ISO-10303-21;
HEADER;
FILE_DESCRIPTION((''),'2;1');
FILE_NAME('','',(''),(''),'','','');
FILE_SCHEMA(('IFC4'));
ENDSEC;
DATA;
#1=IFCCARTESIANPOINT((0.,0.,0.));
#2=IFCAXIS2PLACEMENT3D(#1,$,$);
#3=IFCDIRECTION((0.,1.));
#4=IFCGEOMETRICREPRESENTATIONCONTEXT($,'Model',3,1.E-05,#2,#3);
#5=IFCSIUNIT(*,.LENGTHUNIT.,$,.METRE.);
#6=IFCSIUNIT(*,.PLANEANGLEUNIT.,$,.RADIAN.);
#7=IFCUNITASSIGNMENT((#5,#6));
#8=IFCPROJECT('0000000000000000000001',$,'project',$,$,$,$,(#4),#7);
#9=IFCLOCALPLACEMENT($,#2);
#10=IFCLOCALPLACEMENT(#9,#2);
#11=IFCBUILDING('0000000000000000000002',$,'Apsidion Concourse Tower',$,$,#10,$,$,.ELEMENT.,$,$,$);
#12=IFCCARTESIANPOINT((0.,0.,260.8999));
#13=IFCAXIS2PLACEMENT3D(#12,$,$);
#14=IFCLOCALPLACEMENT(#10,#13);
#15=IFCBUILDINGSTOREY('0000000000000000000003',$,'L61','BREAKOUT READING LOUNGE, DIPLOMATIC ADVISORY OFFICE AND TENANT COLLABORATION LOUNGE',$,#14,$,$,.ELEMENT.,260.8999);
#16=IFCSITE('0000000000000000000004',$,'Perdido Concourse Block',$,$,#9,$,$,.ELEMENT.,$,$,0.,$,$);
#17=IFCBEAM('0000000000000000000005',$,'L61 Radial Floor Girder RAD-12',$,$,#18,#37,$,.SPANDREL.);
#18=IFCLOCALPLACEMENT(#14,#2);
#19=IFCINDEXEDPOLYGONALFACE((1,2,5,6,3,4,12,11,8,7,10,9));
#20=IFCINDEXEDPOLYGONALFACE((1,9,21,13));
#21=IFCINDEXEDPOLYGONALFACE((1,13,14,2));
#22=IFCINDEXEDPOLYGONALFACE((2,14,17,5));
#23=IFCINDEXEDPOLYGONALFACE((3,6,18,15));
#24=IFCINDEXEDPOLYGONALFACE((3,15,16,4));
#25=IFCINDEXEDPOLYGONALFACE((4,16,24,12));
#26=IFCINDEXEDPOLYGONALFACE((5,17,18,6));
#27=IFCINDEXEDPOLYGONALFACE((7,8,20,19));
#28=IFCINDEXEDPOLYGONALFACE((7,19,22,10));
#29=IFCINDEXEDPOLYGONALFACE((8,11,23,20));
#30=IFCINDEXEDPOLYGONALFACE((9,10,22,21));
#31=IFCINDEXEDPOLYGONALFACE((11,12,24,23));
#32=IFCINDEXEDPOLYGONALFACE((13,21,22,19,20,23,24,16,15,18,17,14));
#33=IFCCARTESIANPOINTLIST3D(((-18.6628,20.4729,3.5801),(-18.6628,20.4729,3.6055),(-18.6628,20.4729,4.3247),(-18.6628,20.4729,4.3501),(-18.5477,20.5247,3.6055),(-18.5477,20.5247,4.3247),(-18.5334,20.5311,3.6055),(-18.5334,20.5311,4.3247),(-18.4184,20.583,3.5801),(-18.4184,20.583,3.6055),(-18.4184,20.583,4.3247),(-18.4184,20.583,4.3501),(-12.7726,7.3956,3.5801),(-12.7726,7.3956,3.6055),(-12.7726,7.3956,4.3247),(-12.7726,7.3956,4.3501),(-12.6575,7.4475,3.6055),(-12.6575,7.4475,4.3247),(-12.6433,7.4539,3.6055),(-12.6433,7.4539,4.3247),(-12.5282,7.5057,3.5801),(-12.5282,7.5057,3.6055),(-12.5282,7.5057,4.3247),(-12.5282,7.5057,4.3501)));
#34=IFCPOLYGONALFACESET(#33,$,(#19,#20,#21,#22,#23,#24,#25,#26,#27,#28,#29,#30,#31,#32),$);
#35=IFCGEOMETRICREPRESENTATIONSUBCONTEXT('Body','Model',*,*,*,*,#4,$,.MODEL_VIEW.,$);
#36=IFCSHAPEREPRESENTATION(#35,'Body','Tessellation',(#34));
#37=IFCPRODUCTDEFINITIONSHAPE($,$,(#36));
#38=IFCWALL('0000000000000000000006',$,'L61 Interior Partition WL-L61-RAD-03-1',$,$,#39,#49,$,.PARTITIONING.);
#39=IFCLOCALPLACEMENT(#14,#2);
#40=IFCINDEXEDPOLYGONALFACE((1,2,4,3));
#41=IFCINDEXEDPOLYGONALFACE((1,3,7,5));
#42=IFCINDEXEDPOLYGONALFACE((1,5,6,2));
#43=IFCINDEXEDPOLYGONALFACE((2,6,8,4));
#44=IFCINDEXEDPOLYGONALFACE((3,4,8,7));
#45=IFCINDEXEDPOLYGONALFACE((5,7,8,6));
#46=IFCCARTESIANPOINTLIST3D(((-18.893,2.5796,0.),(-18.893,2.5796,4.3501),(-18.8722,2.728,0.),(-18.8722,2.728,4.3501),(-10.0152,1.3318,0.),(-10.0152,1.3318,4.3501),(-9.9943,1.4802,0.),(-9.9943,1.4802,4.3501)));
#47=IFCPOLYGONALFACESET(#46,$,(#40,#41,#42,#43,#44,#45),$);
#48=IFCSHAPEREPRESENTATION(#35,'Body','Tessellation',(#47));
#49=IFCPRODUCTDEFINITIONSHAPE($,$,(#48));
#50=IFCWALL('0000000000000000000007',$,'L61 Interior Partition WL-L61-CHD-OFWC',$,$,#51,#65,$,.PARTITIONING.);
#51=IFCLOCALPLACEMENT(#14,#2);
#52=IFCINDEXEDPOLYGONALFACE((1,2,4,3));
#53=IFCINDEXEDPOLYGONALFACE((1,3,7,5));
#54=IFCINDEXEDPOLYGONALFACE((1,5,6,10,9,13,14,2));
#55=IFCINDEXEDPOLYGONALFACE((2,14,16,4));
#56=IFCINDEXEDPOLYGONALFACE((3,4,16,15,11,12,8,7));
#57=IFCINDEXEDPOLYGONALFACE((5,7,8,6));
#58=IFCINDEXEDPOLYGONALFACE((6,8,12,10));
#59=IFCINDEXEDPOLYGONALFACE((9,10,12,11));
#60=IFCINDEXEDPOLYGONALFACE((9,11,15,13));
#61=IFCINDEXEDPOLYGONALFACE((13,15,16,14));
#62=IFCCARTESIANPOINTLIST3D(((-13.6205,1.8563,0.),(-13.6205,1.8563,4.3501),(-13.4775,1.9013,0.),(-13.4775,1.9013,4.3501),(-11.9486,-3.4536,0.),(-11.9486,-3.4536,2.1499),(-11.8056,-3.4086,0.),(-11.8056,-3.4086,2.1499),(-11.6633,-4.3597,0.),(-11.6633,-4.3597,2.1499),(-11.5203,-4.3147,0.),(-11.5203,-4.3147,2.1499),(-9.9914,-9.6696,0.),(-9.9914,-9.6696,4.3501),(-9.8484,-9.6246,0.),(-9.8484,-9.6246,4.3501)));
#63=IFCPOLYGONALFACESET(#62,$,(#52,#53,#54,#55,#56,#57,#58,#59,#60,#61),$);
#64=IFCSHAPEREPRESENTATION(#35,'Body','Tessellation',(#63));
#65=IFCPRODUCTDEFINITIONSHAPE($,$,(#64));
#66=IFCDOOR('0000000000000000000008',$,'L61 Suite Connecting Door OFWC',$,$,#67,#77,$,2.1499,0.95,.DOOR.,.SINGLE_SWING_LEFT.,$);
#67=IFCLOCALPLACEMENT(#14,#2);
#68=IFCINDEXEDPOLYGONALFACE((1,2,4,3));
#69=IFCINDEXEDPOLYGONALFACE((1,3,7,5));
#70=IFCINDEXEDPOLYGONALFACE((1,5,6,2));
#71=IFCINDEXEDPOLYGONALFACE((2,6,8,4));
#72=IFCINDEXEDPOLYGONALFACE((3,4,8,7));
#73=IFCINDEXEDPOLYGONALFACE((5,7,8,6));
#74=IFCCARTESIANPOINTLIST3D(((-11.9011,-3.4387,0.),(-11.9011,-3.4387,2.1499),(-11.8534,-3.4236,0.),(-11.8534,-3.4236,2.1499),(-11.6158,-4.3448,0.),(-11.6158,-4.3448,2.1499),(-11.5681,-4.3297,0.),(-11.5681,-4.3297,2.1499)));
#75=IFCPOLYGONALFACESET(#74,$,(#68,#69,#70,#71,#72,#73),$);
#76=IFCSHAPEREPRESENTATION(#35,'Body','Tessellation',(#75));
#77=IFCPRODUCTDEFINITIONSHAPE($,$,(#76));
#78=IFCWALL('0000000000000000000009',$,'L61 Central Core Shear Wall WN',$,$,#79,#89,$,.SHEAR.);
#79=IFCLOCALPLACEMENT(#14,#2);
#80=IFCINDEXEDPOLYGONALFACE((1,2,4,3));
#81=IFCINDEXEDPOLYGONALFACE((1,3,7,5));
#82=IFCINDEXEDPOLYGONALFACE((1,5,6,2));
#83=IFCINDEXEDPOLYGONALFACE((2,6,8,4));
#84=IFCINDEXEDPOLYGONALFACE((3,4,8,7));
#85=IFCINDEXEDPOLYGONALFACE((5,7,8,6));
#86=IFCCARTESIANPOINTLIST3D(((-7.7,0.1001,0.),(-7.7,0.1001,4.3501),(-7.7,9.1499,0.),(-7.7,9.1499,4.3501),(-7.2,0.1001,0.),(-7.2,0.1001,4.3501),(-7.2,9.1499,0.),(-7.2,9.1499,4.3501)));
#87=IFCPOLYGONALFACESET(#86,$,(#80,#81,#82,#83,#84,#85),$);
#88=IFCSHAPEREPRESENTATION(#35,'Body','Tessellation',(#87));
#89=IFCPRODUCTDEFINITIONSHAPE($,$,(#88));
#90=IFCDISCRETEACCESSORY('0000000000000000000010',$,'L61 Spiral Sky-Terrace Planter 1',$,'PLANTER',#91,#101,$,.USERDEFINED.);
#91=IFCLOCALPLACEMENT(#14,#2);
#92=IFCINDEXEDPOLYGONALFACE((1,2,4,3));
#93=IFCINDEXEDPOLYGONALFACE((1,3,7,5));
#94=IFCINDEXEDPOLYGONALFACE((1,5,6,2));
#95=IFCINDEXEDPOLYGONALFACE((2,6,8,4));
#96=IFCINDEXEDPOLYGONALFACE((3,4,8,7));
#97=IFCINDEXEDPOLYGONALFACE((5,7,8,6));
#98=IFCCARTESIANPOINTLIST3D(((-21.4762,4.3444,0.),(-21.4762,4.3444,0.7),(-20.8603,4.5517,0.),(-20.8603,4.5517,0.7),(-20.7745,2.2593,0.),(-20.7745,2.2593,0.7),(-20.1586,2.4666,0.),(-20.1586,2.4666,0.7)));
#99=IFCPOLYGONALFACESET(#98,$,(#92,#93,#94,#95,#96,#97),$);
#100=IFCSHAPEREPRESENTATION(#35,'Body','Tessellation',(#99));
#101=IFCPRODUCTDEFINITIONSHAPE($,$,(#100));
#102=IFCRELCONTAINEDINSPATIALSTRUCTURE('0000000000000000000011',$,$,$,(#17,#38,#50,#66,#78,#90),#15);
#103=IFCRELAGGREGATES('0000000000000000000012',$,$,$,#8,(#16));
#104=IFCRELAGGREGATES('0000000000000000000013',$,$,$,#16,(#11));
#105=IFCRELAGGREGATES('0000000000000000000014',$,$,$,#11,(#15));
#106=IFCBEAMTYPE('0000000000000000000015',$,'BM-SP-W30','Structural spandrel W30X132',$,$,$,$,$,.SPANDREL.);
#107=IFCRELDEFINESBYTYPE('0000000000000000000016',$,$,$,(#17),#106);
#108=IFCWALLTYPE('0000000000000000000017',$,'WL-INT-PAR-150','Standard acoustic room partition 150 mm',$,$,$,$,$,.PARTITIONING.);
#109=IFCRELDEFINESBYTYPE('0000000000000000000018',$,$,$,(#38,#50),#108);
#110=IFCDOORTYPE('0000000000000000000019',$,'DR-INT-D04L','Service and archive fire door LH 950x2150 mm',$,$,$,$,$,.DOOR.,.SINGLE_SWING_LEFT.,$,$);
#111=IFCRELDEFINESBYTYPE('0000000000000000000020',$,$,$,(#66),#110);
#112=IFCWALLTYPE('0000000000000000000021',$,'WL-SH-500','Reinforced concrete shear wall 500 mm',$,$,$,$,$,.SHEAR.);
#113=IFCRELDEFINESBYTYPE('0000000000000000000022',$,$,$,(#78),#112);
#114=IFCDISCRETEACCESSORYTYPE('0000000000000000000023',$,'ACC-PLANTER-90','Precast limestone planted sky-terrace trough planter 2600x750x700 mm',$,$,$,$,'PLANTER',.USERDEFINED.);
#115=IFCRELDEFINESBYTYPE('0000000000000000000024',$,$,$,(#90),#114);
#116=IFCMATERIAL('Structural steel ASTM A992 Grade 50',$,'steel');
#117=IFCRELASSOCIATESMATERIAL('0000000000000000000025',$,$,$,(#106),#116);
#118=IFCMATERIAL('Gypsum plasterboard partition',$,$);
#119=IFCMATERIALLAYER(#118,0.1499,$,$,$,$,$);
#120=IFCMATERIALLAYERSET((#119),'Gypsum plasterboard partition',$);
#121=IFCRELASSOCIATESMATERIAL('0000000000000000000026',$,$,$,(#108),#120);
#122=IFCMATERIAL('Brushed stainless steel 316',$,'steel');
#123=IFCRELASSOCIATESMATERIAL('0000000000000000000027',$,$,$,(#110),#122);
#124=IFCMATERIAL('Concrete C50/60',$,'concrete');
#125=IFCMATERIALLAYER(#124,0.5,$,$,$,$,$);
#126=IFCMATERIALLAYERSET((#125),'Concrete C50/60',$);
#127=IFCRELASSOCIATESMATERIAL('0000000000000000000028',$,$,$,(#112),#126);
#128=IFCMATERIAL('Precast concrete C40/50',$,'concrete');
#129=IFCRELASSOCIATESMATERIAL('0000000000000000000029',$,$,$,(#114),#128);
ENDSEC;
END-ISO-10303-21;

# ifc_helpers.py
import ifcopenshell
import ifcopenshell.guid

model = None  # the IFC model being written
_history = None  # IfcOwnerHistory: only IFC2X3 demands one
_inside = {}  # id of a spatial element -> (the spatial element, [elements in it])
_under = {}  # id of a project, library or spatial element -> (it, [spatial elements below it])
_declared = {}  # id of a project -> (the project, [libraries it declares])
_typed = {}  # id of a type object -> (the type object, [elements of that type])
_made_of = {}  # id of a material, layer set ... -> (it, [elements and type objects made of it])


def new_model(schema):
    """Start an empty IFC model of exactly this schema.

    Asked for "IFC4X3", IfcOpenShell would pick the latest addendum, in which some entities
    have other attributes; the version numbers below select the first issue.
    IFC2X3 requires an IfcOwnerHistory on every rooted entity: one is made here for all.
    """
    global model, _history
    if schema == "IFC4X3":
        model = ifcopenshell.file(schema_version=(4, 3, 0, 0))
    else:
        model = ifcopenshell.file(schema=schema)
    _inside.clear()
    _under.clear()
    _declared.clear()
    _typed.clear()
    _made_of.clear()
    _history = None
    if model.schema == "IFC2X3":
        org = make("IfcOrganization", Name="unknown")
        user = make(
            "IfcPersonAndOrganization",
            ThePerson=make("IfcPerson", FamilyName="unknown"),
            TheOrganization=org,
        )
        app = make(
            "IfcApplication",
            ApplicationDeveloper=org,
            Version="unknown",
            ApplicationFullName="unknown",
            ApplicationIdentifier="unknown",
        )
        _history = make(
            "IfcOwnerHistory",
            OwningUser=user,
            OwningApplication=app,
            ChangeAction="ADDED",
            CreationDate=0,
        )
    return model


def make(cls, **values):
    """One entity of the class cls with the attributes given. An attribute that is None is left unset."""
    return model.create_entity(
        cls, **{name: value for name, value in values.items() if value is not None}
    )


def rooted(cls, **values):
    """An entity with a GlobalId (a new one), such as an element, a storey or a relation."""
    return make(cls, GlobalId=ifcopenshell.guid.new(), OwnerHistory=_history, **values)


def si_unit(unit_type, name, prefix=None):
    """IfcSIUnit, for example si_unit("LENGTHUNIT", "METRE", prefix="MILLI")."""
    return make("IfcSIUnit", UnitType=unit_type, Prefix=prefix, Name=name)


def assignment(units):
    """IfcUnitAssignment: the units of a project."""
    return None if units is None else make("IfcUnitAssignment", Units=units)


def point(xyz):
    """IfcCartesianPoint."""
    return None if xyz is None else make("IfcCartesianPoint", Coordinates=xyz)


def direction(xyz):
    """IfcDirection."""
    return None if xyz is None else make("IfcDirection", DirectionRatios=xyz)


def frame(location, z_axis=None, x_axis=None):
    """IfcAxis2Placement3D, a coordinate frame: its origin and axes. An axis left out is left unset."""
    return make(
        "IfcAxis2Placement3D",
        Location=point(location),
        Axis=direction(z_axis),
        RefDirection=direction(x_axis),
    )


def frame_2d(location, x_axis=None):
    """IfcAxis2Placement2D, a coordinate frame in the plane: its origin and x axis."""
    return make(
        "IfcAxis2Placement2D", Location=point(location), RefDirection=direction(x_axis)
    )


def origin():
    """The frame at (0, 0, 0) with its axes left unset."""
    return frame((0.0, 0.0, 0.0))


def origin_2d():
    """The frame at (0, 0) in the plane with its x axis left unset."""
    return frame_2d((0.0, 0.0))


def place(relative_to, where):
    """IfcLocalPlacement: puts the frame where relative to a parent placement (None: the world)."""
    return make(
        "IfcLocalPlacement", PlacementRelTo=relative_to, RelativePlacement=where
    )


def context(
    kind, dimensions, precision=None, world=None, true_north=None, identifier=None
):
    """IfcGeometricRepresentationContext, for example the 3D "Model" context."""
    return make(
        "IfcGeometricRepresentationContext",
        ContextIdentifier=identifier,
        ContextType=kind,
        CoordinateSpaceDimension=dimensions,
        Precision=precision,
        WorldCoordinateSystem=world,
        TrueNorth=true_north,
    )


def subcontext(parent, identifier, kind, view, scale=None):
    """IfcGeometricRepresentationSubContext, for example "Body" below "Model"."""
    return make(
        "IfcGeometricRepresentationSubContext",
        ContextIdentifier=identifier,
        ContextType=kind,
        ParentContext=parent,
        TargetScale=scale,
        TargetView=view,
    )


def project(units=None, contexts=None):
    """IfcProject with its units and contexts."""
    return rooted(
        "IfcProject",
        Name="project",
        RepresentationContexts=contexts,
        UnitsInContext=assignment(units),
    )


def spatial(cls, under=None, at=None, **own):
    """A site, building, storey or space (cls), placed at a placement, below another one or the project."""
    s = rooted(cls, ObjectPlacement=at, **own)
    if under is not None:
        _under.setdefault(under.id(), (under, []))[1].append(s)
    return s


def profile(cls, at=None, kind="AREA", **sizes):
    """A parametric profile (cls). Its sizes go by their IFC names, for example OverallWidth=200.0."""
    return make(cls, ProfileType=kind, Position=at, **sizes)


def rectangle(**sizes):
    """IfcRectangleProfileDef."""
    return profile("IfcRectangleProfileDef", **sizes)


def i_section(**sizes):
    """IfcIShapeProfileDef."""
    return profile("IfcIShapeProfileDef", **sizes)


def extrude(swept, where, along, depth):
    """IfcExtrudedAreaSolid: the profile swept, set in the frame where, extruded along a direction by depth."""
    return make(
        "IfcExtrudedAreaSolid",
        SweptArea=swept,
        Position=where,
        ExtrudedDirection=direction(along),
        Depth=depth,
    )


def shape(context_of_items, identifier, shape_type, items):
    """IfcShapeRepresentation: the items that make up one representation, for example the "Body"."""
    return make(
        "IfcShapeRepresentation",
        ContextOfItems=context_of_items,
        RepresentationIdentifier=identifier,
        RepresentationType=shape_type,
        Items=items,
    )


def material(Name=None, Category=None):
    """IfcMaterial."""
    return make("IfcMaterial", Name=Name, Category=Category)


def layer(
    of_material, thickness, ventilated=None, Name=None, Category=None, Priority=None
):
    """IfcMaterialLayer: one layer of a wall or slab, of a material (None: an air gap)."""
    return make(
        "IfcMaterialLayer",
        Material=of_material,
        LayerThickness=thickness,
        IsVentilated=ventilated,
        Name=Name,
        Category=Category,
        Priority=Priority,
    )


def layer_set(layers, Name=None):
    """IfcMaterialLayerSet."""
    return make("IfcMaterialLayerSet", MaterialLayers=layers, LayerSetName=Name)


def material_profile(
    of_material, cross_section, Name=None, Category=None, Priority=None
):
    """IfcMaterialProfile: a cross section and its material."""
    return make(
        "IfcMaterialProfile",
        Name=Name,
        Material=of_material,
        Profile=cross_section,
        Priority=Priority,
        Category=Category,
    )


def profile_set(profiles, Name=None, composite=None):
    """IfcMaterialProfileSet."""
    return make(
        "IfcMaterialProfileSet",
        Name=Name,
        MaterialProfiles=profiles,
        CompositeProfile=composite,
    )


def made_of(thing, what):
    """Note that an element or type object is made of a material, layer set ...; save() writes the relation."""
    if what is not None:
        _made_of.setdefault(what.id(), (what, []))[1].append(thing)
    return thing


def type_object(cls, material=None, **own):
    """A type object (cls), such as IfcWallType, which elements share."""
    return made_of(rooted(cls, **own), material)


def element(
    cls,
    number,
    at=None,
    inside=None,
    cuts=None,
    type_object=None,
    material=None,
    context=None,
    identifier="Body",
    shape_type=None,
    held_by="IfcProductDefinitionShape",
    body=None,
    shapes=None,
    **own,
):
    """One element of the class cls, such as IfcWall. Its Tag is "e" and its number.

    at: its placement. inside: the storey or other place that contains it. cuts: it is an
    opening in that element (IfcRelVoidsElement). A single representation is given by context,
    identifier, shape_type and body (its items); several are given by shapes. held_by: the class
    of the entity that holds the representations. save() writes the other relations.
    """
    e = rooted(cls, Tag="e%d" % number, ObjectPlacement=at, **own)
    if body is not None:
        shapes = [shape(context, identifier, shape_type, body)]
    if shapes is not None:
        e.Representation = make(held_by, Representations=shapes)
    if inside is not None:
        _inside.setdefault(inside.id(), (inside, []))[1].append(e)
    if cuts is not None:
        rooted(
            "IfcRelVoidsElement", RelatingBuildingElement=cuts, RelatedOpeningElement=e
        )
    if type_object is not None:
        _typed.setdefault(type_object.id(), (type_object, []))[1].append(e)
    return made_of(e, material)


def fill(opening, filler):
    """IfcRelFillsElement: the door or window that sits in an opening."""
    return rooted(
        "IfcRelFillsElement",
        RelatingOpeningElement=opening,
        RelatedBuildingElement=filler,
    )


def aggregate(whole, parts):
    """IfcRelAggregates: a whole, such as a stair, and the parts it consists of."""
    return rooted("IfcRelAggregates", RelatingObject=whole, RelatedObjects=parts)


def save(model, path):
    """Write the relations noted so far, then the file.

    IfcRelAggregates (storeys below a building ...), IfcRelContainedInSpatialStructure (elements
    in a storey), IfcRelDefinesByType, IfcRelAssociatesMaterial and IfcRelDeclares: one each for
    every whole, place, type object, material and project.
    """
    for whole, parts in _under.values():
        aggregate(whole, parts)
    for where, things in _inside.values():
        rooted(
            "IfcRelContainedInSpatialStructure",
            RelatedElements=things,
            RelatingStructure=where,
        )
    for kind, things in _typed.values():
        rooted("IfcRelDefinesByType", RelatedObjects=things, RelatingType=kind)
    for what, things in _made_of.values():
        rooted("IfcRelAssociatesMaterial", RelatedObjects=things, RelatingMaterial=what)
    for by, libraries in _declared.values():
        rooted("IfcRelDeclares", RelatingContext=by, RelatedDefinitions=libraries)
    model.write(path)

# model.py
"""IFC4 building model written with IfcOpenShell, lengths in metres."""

from ifc_helpers import new_model, si_unit, direction, frame, frame_2d, origin, origin_2d, place, context, subcontext, project, spatial, rectangle, i_section, extrude, material, layer, layer_set, material_profile, profile_set, type_object, element, fill, save


model = new_model("IFC4")

# Units and contexts
model_context = context("Model", 3, precision=1e-05, world=origin(), true_north=direction((0.0, 1.0)))
body_context = subcontext(model_context, "Body", "Model", "MODEL_VIEW")
ifc_project = project(units=[si_unit("LENGTHUNIT", "METRE"), si_unit("PLANEANGLEUNIT", "RADIAN")], contexts=[model_context])

# Site, building, storey
site_placement = place(None, origin())
site = spatial("IfcSite", under=ifc_project, at=site_placement, Name="Perdido Concourse Block", CompositionType="ELEMENT", RefElevation=0.0)
building_placement = place(site_placement, origin())
building = spatial("IfcBuilding", under=site, at=building_placement, Name="Apsidion Concourse Tower", CompositionType="ELEMENT")
storey_placement = place(building_placement, frame((0.0, 0.0, 260.8999)))
storey = spatial("IfcBuildingStorey", under=building, at=storey_placement, Name="L61", Description="BREAKOUT READING LOUNGE, DIPLOMATIC ADVISORY OFFICE AND TENANT COLLABORATION LOUNGE", CompositionType="ELEMENT", Elevation=260.8999)

# Shared definitions
ifc_material_1 = material(Name="Concrete C50/60", Category="concrete")
ifc_material_2 = material(Name="Structural steel ASTM A992 Grade 50", Category="steel")

# Beam
ifc_material_profile_1 = material_profile(ifc_material_2, i_section(OverallWidth=0.2681, OverallDepth=0.77, WebThickness=0.0156, FlangeThickness=0.0254, at=origin_2d()), Name="W30X132")
ifc_profile_set_1 = profile_set([ifc_material_profile_1], Name="Structural steel ASTM A992 Grade 50")
beam_type_1 = type_object("IfcBeamType", Name="BM-SP-W30", Description="Structural spandrel W30X132", PredefinedType="SPANDREL", material=ifc_profile_set_1)
beam_1_placement = place(storey_placement, frame((-12.6504, 7.4507, 3.9651), z_axis=(-0.410679, 0.91178, 0.0), x_axis=(-0.91178, -0.410679, 0.0)))
element("IfcBeam", 1, at=beam_1_placement, inside=storey, type_object=beam_type_1, Name="L61 Radial Floor Girder RAD-12", PredefinedType="SPANDREL", context=body_context, shape_type="SweptSolid", body=[
    extrude(i_section(OverallWidth=0.2681, OverallDepth=0.77, WebThickness=0.0156, FlangeThickness=0.0254, at=origin_2d()), origin(), (0.0, 0.0, 1.0), 14.3425),
])

# Wall
ifc_material_3 = material(Name="Gypsum plasterboard partition")
ifc_layer_1 = layer(ifc_material_3, 0.1499)
ifc_layer_set_1 = layer_set([ifc_layer_1], Name="Gypsum plasterboard partition")
wall_type_1 = type_object("IfcWallType", Name="WL-INT-PAR-150", Description="Standard acoustic room partition 150 mm", PredefinedType="PARTITIONING", material=ifc_layer_set_1)
wall_1_placement = place(storey_placement, frame((-10.0049, 1.406, 0.0), z_axis=(0.0, 0.0, 1.0), x_axis=(-0.990267, 0.139183, 0.0)))
element("IfcWall", 2, at=wall_1_placement, inside=storey, type_object=wall_type_1, Name="L61 Interior Partition WL-L61-RAD-03-1", PredefinedType="PARTITIONING", context=body_context, shape_type="SweptSolid", body=[
    extrude(rectangle(XDim=8.9651, YDim=0.1499, at=frame_2d((4.4824, 0.0))), origin(), (0.0, 0.0, 1.0), 4.3501),
])

# Wall, opening, door
wall_2_placement = place(storey_placement, frame((-13.5491, 1.8789, 0.0), z_axis=(0.0, 0.0, 1.0), x_axis=(0.300334, -0.953834, 0.0)))
wall_2 = element("IfcWall", 3, at=wall_2_placement, inside=storey, type_object=wall_type_1, Name="L61 Interior Partition WL-L61-CHD-OFWC", PredefinedType="PARTITIONING", context=body_context, shape_type="SweptSolid", body=[
    extrude(rectangle(XDim=12.0837, YDim=0.1499, at=frame_2d((6.042, 0.0))), origin(), (0.0, 0.0, 1.0), 4.3501),
])
opening_1_placement = place(wall_2_placement, frame((5.5669, 0.0, 0.0)))
opening_1 = element("IfcOpeningElement", 4, at=opening_1_placement, cuts=wall_2, PredefinedType="OPENING", context=body_context, shape_type="SweptSolid", body=[
    extrude(rectangle(XDim=0.95, YDim=2.1499, at=frame_2d((0.4751, 1.075))), frame((0.0, 0.085, 0.0), z_axis=(0.0, -1.0, 0.0), x_axis=(1.0, 0.0, 0.0)), (0.0, 0.0, 1.0), 0.1699),
])
ifc_material_4 = material(Name="Brushed stainless steel 316", Category="steel")
door_type_1 = type_object("IfcDoorType", Name="DR-INT-D04L", Description="Service and archive fire door LH 950x2150 mm", OperationType="SINGLE_SWING_LEFT", PredefinedType="DOOR", material=ifc_material_4)
door_1_placement = place(opening_1_placement, origin())
door_1 = element("IfcDoor", 5, at=door_1_placement, inside=storey, type_object=door_type_1, Name="L61 Suite Connecting Door OFWC", OperationType="SINGLE_SWING_LEFT", OverallHeight=2.1499, OverallWidth=0.95, PredefinedType="DOOR", context=body_context, shape_type="SweptSolid", body=[
    extrude(rectangle(XDim=0.95, YDim=2.1499, at=frame_2d((0.4751, 1.075))), frame((0.0, 0.0249, 0.0), z_axis=(0.0, -1.0, 0.0), x_axis=(1.0, 0.0, 0.0)), (0.0, 0.0, 1.0), 0.05),
])
fill(opening_1, door_1)

# Shared definitions
ifc_layer_2 = layer(ifc_material_1, 0.5)
ifc_layer_set_2 = layer_set([ifc_layer_2], Name="Concrete C50/60")
wall_type_2 = type_object("IfcWallType", Name="WL-SH-500", Description="Reinforced concrete shear wall 500 mm", PredefinedType="SHEAR", material=ifc_layer_set_2)

# Wall
wall_3_placement = place(storey_placement, frame((-7.45, 0.1001, 0.0), z_axis=(0.0, 0.0, 1.0), x_axis=(0.0, 1.0, 0.0)))
element("IfcWall", 6, at=wall_3_placement, inside=storey, type_object=wall_type_2, Name="L61 Central Core Shear Wall WN", PredefinedType="SHEAR", context=body_context, shape_type="SweptSolid", body=[
    extrude(rectangle(XDim=9.0498, YDim=0.5, at=frame_2d((4.5249, 0.0))), origin(), (0.0, 0.0, 1.0), 4.3501),
])

# Discrete accessory
ifc_material_5 = material(Name="Precast concrete C40/50", Category="concrete")
discrete_accessory_type = type_object("IfcDiscreteAccessoryType", Name="ACC-PLANTER-90", Description="Precast limestone planted sky-terrace trough planter 2600x750x700 mm", ElementType="PLANTER", PredefinedType="USERDEFINED", material=ifc_material_5)
discrete_accessory_placement = place(storey_placement, frame((-20.8174, 3.4055, 0.0), z_axis=(0.0, 0.0, 1.0), x_axis=(0.318959, -0.947768, 0.0)))
element("IfcDiscreteAccessory", 7, at=discrete_accessory_placement, inside=storey, type_object=discrete_accessory_type, Name="L61 Spiral Sky-Terrace Planter 1", ObjectType="PLANTER", PredefinedType="USERDEFINED", context=body_context, shape_type="SweptSolid", body=[
    extrude(rectangle(XDim=2.2, YDim=0.6499, at=origin_2d()), origin(), (0.0, 0.0, 1.0), 0.7),
])

save(model, "model.ifc")
